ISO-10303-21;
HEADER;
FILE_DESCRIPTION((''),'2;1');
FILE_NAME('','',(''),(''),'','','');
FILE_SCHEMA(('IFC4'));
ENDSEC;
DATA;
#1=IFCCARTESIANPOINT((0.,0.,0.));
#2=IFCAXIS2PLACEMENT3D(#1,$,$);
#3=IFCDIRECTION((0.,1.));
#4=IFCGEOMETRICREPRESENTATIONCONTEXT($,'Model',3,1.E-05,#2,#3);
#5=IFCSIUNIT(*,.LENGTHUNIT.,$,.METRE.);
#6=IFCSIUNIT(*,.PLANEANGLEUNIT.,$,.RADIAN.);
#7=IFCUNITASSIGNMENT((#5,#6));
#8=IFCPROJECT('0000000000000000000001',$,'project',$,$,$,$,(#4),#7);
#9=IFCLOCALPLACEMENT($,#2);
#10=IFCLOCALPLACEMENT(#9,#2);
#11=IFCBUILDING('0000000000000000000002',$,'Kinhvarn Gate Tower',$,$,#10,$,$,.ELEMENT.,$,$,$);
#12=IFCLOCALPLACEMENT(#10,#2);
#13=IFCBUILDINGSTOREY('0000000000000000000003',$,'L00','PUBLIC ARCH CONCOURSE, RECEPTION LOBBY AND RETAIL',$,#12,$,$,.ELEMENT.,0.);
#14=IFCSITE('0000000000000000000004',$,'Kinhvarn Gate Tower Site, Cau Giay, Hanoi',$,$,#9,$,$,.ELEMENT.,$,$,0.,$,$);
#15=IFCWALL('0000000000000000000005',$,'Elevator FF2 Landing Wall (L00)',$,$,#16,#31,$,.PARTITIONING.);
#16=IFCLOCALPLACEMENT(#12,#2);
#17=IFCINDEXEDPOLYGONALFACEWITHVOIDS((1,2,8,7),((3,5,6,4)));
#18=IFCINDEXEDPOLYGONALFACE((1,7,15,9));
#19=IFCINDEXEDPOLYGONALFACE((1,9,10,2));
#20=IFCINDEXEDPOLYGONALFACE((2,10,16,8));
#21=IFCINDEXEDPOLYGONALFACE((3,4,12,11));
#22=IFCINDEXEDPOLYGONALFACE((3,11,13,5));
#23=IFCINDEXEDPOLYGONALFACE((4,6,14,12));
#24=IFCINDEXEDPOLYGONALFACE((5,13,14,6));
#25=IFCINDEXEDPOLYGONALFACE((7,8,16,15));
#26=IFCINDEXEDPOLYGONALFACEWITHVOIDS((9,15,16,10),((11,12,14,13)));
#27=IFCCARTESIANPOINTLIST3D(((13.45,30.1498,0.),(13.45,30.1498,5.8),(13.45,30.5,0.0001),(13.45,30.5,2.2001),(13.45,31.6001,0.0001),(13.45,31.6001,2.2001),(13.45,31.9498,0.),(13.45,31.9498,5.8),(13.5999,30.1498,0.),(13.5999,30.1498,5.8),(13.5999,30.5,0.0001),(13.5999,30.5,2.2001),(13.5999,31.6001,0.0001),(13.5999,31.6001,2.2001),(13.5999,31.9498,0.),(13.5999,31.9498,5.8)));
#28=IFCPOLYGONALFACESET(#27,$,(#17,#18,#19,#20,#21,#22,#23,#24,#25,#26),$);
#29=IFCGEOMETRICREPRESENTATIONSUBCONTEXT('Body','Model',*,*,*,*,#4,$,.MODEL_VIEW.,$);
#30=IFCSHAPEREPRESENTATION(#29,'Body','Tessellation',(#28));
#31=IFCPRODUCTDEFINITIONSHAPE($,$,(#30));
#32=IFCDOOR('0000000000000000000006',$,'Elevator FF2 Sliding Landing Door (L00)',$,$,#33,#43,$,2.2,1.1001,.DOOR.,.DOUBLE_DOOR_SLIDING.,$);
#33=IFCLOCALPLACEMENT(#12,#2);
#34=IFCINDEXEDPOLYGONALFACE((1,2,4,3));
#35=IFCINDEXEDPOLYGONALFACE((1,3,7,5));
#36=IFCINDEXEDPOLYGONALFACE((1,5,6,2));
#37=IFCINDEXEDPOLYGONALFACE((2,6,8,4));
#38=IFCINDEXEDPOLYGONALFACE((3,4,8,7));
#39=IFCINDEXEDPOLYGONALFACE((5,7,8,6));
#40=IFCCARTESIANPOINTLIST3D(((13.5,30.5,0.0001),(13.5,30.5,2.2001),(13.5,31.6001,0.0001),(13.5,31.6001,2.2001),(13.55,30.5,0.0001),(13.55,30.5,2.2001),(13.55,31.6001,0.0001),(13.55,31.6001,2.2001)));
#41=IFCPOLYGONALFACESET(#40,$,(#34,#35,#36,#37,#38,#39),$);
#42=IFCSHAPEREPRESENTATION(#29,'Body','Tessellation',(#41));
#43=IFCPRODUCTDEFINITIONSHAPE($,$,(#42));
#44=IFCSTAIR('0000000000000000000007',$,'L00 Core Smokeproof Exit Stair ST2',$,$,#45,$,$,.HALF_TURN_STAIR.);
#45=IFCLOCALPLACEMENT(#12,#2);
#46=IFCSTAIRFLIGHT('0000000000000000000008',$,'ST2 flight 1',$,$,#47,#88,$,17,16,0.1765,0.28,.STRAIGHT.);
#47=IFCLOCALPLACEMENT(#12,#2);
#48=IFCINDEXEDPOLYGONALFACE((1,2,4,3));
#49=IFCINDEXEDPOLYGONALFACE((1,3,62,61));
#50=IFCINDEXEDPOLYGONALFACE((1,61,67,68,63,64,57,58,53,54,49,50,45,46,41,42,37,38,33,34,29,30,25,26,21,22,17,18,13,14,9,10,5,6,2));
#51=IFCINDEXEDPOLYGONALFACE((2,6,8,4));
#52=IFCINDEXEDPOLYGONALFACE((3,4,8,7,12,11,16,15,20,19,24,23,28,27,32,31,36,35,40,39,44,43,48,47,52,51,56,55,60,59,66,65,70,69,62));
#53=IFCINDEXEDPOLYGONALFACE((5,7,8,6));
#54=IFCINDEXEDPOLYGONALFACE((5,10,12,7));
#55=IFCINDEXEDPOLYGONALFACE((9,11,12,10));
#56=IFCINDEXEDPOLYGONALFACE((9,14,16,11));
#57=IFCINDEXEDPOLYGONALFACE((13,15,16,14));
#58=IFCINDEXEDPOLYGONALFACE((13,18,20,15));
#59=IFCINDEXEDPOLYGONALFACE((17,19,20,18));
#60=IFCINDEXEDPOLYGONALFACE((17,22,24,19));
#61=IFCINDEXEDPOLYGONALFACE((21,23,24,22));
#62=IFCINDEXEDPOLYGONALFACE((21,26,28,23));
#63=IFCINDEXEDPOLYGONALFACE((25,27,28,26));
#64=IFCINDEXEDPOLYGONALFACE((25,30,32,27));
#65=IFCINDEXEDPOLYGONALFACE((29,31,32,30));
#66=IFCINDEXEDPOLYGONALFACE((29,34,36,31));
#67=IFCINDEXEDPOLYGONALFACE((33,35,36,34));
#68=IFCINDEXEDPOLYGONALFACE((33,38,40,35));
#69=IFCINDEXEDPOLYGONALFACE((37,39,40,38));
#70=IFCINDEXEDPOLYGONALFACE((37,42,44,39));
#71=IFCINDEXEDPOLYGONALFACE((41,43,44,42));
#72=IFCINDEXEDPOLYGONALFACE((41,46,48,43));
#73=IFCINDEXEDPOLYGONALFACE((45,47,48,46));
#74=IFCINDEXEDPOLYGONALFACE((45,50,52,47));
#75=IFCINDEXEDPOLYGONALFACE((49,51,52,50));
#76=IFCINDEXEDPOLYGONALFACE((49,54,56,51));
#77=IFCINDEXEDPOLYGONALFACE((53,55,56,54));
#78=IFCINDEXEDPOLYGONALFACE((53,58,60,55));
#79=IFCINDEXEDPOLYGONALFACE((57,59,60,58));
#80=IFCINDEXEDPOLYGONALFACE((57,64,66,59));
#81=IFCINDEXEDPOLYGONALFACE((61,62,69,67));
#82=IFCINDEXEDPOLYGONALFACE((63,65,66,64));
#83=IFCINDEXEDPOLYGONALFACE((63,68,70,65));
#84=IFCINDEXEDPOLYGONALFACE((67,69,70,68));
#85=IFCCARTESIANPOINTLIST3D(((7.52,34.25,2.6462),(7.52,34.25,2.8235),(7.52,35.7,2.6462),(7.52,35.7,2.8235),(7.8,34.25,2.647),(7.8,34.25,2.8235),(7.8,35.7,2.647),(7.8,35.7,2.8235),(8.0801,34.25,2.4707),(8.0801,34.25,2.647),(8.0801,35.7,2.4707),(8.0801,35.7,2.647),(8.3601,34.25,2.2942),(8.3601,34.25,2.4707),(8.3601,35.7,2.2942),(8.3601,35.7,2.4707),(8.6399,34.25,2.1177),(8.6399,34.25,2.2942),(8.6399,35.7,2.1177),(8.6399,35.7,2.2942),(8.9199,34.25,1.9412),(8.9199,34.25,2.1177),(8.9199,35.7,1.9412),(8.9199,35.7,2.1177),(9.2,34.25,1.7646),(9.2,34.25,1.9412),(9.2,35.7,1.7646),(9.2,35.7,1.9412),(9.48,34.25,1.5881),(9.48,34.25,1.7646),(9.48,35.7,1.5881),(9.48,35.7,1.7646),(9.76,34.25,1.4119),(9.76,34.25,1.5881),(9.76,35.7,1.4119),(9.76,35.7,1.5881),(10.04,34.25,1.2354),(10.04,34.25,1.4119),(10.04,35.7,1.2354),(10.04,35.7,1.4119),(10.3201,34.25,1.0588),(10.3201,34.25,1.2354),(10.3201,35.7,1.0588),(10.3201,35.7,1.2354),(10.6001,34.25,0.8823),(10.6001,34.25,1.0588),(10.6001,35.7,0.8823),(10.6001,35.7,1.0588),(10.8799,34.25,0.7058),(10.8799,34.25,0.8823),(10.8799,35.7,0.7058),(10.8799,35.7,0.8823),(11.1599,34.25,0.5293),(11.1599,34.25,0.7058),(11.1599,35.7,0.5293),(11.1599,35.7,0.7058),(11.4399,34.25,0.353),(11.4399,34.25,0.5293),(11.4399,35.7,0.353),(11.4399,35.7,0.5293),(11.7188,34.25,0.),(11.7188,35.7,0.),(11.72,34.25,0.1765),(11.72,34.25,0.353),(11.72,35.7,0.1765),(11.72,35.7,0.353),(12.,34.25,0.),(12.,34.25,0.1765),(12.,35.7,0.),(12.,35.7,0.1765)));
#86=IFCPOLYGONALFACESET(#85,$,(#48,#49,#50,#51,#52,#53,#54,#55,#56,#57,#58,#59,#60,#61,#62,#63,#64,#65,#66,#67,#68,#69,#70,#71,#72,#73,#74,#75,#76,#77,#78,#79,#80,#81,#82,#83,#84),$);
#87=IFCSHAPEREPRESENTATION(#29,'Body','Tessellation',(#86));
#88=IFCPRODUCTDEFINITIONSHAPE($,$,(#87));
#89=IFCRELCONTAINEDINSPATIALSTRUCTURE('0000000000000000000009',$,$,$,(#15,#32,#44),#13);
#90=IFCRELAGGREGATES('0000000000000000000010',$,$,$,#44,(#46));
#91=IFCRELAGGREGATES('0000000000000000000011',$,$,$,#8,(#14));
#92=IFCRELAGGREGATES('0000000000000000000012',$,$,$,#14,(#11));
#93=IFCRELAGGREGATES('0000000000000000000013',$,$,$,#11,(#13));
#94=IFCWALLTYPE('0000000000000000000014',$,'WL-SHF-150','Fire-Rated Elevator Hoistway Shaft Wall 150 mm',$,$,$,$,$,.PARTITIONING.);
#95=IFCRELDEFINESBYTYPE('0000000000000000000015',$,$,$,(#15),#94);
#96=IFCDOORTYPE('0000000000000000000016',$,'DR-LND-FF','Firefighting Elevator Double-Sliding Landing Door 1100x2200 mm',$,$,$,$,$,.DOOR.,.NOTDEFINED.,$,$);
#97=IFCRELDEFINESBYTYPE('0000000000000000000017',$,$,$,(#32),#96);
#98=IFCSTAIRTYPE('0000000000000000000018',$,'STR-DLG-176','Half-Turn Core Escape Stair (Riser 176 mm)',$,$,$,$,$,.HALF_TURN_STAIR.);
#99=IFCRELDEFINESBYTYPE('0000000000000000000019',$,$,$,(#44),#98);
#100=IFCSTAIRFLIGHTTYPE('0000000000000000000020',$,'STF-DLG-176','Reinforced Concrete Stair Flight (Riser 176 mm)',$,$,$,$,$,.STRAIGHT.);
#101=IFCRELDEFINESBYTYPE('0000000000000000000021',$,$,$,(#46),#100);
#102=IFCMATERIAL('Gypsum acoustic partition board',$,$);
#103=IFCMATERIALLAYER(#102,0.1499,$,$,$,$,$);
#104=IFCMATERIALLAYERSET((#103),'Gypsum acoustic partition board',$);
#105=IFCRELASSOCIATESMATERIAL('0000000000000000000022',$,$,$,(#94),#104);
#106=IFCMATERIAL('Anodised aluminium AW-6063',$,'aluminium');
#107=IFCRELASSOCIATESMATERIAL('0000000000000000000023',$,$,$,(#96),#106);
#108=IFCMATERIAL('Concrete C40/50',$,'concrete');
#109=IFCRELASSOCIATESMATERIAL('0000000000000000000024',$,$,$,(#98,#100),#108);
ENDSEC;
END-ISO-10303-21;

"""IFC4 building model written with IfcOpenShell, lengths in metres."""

from ifc_helpers import new_model, si_unit, direction, frame, frame_2d, origin, place, context, subcontext, project, spatial, polyline, rectangle, outline, extrude, material, layer, layer_set, type_object, element, fill, aggregate, save


model = new_model("IFC4")

# Units and contexts
model_context = context("Model", 3, precision=1e-05, world=origin(), true_north=direction((0.0, 1.0)))
body_context = subcontext(model_context, "Body", "Model", "MODEL_VIEW")
ifc_project = project(units=[si_unit("LENGTHUNIT", "METRE"), si_unit("PLANEANGLEUNIT", "RADIAN")], contexts=[model_context])

# Site, building, storey
site_placement = place(None, origin())
site = spatial("IfcSite", under=ifc_project, at=site_placement, Name="Kinhvarn Gate Tower Site, Cau Giay, Hanoi", CompositionType="ELEMENT", RefElevation=0.0)
building_placement = place(site_placement, origin())
building = spatial("IfcBuilding", under=site, at=building_placement, Name="Kinhvarn Gate Tower", CompositionType="ELEMENT")
storey_placement = place(building_placement, origin())
storey = spatial("IfcBuildingStorey", under=building, at=storey_placement, Name="L00", Description="PUBLIC ARCH CONCOURSE, RECEPTION LOBBY AND RETAIL", CompositionType="ELEMENT", Elevation=0.0)

# Shared definitions
ifc_material_1 = material(Name="Anodised aluminium AW-6063", Category="aluminium")

# Shared definitions
ifc_material_2 = material(Name="Gypsum acoustic partition board")
ifc_layer_1 = layer(ifc_material_2, 0.1499)
ifc_layer_set_1 = layer_set([ifc_layer_1], Name="Gypsum acoustic partition board")
wall_type_1 = type_object("IfcWallType", Name="WL-SHF-150", Description="Fire-Rated Elevator Hoistway Shaft Wall 150 mm", PredefinedType="PARTITIONING", material=ifc_layer_set_1)

# Wall, opening, door
wall_1_placement = place(storey_placement, frame((13.5249, 30.1499, 0.0), z_axis=(0.0, 0.0, 1.0), x_axis=(0.0, 1.0, 0.0)))
wall_1 = element("IfcWall", 1, at=wall_1_placement, inside=storey, type_object=wall_type_1, Name="Elevator FF2 Landing Wall (L00)", PredefinedType="PARTITIONING", context=body_context, shape_type="SweptSolid", body=[
    extrude(rectangle(XDim=1.8, YDim=0.1499, at=frame_2d((0.8999, 0.0))), origin(), (0.0, 0.0, 1.0), 5.8),
])
opening_1_placement = place(wall_1_placement, frame((0.3501, 0.0, 0.0)))
opening_1 = element("IfcOpeningElement", 2, at=opening_1_placement, cuts=wall_1, PredefinedType="OPENING", context=body_context, shape_type="SweptSolid", body=[
    extrude(rectangle(XDim=1.1001, YDim=2.2, at=frame_2d((0.55, 1.1001))), frame((0.0, 0.085, 0.0), z_axis=(0.0, -1.0, 0.0), x_axis=(1.0, 0.0, 0.0)), (0.0, 0.0, 1.0), 0.1699),
])
door_type_1 = type_object("IfcDoorType", Name="DR-LND-FF", Description="Firefighting Elevator Double-Sliding Landing Door 1100x2200 mm", OperationType="NOTDEFINED", PredefinedType="DOOR", material=ifc_material_1)
door_1_placement = place(opening_1_placement, origin())
door_1 = element("IfcDoor", 3, at=door_1_placement, inside=storey, type_object=door_type_1, Name="Elevator FF2 Sliding Landing Door (L00)", OperationType="DOUBLE_DOOR_SLIDING", OverallHeight=2.2, OverallWidth=1.1001, PredefinedType="DOOR", context=body_context, shape_type="SweptSolid", body=[
    extrude(rectangle(XDim=1.1001, YDim=2.2, at=frame_2d((0.55, 1.1001))), frame((0.0, 0.0249, 0.0), z_axis=(0.0, -1.0, 0.0), x_axis=(1.0, 0.0, 0.0)), (0.0, 0.0, 1.0), 0.05),
])
fill(opening_1, door_1)
ifc_material_3 = material(Name="Concrete C40/50", Category="concrete")

# Stair, stair flight
stair_type = type_object("IfcStairType", Name="STR-DLG-176", Description="Half-Turn Core Escape Stair (Riser 176 mm)", PredefinedType="HALF_TURN_STAIR", material=ifc_material_3)
stair_placement = place(storey_placement, origin())
stair = element("IfcStair", 4, at=stair_placement, inside=storey, type_object=stair_type, Name="L00 Core Smokeproof Exit Stair ST2", PredefinedType="HALF_TURN_STAIR")
stair_flight_type = type_object("IfcStairFlightType", Name="STF-DLG-176", Description="Reinforced Concrete Stair Flight (Riser 176 mm)", PredefinedType="STRAIGHT", material=ifc_material_3)
stair_flight_placement = place(storey_placement, frame((12.0, 34.9751, 0.0), z_axis=(0.0, 0.0, 1.0), x_axis=(-1.0, 0.0, 0.0)))
stair_flight = element("IfcStairFlight", 5, at=stair_flight_placement, type_object=stair_flight_type, Name="ST2 flight 1", NumberOfRisers=17, NumberOfTreads=16, PredefinedType="STRAIGHT", RiserHeight=0.1765, TreadLength=0.28, context=body_context, shape_type="SweptSolid", body=[
    extrude(outline(polyline([(0.0, 0.0), (0.0, 0.1765), (0.28, 0.1765), (0.28, 0.353), (0.5601, 0.353), (0.5601, 0.5293), (0.8401, 0.5293), (0.8401, 0.7058), (1.1201, 0.7058), (1.1201, 0.8823), (1.3999, 0.8823), (1.3999, 1.0588), (1.6799, 1.0588), (1.6799, 1.2354), (1.96, 1.2354), (1.96, 1.4119), (2.24, 1.4119), (2.24, 1.5881), (2.52, 1.5881), (2.52, 1.7646), (2.8, 1.7646), (2.8, 1.9412), (3.0801, 1.9412), (3.0801, 2.1177), (3.3601, 2.1177), (3.3601, 2.2942), (3.6399, 2.2942), (3.6399, 2.4707), (3.9199, 2.4707), (3.9199, 2.647), (4.2, 2.647), (4.2, 2.8235), (4.48, 2.8235), (4.48, 3.0), (4.48, 2.6462), (0.2812, 0.0), (0.0, 0.0)])), frame((0.0, 0.7251, 0.0), z_axis=(0.0, -1.0, 0.0), x_axis=(1.0, 0.0, 0.0)), (0.0, 0.0, 1.0), 1.45),
])
aggregate(stair, [stair_flight])

save(model, "model.ifc")
